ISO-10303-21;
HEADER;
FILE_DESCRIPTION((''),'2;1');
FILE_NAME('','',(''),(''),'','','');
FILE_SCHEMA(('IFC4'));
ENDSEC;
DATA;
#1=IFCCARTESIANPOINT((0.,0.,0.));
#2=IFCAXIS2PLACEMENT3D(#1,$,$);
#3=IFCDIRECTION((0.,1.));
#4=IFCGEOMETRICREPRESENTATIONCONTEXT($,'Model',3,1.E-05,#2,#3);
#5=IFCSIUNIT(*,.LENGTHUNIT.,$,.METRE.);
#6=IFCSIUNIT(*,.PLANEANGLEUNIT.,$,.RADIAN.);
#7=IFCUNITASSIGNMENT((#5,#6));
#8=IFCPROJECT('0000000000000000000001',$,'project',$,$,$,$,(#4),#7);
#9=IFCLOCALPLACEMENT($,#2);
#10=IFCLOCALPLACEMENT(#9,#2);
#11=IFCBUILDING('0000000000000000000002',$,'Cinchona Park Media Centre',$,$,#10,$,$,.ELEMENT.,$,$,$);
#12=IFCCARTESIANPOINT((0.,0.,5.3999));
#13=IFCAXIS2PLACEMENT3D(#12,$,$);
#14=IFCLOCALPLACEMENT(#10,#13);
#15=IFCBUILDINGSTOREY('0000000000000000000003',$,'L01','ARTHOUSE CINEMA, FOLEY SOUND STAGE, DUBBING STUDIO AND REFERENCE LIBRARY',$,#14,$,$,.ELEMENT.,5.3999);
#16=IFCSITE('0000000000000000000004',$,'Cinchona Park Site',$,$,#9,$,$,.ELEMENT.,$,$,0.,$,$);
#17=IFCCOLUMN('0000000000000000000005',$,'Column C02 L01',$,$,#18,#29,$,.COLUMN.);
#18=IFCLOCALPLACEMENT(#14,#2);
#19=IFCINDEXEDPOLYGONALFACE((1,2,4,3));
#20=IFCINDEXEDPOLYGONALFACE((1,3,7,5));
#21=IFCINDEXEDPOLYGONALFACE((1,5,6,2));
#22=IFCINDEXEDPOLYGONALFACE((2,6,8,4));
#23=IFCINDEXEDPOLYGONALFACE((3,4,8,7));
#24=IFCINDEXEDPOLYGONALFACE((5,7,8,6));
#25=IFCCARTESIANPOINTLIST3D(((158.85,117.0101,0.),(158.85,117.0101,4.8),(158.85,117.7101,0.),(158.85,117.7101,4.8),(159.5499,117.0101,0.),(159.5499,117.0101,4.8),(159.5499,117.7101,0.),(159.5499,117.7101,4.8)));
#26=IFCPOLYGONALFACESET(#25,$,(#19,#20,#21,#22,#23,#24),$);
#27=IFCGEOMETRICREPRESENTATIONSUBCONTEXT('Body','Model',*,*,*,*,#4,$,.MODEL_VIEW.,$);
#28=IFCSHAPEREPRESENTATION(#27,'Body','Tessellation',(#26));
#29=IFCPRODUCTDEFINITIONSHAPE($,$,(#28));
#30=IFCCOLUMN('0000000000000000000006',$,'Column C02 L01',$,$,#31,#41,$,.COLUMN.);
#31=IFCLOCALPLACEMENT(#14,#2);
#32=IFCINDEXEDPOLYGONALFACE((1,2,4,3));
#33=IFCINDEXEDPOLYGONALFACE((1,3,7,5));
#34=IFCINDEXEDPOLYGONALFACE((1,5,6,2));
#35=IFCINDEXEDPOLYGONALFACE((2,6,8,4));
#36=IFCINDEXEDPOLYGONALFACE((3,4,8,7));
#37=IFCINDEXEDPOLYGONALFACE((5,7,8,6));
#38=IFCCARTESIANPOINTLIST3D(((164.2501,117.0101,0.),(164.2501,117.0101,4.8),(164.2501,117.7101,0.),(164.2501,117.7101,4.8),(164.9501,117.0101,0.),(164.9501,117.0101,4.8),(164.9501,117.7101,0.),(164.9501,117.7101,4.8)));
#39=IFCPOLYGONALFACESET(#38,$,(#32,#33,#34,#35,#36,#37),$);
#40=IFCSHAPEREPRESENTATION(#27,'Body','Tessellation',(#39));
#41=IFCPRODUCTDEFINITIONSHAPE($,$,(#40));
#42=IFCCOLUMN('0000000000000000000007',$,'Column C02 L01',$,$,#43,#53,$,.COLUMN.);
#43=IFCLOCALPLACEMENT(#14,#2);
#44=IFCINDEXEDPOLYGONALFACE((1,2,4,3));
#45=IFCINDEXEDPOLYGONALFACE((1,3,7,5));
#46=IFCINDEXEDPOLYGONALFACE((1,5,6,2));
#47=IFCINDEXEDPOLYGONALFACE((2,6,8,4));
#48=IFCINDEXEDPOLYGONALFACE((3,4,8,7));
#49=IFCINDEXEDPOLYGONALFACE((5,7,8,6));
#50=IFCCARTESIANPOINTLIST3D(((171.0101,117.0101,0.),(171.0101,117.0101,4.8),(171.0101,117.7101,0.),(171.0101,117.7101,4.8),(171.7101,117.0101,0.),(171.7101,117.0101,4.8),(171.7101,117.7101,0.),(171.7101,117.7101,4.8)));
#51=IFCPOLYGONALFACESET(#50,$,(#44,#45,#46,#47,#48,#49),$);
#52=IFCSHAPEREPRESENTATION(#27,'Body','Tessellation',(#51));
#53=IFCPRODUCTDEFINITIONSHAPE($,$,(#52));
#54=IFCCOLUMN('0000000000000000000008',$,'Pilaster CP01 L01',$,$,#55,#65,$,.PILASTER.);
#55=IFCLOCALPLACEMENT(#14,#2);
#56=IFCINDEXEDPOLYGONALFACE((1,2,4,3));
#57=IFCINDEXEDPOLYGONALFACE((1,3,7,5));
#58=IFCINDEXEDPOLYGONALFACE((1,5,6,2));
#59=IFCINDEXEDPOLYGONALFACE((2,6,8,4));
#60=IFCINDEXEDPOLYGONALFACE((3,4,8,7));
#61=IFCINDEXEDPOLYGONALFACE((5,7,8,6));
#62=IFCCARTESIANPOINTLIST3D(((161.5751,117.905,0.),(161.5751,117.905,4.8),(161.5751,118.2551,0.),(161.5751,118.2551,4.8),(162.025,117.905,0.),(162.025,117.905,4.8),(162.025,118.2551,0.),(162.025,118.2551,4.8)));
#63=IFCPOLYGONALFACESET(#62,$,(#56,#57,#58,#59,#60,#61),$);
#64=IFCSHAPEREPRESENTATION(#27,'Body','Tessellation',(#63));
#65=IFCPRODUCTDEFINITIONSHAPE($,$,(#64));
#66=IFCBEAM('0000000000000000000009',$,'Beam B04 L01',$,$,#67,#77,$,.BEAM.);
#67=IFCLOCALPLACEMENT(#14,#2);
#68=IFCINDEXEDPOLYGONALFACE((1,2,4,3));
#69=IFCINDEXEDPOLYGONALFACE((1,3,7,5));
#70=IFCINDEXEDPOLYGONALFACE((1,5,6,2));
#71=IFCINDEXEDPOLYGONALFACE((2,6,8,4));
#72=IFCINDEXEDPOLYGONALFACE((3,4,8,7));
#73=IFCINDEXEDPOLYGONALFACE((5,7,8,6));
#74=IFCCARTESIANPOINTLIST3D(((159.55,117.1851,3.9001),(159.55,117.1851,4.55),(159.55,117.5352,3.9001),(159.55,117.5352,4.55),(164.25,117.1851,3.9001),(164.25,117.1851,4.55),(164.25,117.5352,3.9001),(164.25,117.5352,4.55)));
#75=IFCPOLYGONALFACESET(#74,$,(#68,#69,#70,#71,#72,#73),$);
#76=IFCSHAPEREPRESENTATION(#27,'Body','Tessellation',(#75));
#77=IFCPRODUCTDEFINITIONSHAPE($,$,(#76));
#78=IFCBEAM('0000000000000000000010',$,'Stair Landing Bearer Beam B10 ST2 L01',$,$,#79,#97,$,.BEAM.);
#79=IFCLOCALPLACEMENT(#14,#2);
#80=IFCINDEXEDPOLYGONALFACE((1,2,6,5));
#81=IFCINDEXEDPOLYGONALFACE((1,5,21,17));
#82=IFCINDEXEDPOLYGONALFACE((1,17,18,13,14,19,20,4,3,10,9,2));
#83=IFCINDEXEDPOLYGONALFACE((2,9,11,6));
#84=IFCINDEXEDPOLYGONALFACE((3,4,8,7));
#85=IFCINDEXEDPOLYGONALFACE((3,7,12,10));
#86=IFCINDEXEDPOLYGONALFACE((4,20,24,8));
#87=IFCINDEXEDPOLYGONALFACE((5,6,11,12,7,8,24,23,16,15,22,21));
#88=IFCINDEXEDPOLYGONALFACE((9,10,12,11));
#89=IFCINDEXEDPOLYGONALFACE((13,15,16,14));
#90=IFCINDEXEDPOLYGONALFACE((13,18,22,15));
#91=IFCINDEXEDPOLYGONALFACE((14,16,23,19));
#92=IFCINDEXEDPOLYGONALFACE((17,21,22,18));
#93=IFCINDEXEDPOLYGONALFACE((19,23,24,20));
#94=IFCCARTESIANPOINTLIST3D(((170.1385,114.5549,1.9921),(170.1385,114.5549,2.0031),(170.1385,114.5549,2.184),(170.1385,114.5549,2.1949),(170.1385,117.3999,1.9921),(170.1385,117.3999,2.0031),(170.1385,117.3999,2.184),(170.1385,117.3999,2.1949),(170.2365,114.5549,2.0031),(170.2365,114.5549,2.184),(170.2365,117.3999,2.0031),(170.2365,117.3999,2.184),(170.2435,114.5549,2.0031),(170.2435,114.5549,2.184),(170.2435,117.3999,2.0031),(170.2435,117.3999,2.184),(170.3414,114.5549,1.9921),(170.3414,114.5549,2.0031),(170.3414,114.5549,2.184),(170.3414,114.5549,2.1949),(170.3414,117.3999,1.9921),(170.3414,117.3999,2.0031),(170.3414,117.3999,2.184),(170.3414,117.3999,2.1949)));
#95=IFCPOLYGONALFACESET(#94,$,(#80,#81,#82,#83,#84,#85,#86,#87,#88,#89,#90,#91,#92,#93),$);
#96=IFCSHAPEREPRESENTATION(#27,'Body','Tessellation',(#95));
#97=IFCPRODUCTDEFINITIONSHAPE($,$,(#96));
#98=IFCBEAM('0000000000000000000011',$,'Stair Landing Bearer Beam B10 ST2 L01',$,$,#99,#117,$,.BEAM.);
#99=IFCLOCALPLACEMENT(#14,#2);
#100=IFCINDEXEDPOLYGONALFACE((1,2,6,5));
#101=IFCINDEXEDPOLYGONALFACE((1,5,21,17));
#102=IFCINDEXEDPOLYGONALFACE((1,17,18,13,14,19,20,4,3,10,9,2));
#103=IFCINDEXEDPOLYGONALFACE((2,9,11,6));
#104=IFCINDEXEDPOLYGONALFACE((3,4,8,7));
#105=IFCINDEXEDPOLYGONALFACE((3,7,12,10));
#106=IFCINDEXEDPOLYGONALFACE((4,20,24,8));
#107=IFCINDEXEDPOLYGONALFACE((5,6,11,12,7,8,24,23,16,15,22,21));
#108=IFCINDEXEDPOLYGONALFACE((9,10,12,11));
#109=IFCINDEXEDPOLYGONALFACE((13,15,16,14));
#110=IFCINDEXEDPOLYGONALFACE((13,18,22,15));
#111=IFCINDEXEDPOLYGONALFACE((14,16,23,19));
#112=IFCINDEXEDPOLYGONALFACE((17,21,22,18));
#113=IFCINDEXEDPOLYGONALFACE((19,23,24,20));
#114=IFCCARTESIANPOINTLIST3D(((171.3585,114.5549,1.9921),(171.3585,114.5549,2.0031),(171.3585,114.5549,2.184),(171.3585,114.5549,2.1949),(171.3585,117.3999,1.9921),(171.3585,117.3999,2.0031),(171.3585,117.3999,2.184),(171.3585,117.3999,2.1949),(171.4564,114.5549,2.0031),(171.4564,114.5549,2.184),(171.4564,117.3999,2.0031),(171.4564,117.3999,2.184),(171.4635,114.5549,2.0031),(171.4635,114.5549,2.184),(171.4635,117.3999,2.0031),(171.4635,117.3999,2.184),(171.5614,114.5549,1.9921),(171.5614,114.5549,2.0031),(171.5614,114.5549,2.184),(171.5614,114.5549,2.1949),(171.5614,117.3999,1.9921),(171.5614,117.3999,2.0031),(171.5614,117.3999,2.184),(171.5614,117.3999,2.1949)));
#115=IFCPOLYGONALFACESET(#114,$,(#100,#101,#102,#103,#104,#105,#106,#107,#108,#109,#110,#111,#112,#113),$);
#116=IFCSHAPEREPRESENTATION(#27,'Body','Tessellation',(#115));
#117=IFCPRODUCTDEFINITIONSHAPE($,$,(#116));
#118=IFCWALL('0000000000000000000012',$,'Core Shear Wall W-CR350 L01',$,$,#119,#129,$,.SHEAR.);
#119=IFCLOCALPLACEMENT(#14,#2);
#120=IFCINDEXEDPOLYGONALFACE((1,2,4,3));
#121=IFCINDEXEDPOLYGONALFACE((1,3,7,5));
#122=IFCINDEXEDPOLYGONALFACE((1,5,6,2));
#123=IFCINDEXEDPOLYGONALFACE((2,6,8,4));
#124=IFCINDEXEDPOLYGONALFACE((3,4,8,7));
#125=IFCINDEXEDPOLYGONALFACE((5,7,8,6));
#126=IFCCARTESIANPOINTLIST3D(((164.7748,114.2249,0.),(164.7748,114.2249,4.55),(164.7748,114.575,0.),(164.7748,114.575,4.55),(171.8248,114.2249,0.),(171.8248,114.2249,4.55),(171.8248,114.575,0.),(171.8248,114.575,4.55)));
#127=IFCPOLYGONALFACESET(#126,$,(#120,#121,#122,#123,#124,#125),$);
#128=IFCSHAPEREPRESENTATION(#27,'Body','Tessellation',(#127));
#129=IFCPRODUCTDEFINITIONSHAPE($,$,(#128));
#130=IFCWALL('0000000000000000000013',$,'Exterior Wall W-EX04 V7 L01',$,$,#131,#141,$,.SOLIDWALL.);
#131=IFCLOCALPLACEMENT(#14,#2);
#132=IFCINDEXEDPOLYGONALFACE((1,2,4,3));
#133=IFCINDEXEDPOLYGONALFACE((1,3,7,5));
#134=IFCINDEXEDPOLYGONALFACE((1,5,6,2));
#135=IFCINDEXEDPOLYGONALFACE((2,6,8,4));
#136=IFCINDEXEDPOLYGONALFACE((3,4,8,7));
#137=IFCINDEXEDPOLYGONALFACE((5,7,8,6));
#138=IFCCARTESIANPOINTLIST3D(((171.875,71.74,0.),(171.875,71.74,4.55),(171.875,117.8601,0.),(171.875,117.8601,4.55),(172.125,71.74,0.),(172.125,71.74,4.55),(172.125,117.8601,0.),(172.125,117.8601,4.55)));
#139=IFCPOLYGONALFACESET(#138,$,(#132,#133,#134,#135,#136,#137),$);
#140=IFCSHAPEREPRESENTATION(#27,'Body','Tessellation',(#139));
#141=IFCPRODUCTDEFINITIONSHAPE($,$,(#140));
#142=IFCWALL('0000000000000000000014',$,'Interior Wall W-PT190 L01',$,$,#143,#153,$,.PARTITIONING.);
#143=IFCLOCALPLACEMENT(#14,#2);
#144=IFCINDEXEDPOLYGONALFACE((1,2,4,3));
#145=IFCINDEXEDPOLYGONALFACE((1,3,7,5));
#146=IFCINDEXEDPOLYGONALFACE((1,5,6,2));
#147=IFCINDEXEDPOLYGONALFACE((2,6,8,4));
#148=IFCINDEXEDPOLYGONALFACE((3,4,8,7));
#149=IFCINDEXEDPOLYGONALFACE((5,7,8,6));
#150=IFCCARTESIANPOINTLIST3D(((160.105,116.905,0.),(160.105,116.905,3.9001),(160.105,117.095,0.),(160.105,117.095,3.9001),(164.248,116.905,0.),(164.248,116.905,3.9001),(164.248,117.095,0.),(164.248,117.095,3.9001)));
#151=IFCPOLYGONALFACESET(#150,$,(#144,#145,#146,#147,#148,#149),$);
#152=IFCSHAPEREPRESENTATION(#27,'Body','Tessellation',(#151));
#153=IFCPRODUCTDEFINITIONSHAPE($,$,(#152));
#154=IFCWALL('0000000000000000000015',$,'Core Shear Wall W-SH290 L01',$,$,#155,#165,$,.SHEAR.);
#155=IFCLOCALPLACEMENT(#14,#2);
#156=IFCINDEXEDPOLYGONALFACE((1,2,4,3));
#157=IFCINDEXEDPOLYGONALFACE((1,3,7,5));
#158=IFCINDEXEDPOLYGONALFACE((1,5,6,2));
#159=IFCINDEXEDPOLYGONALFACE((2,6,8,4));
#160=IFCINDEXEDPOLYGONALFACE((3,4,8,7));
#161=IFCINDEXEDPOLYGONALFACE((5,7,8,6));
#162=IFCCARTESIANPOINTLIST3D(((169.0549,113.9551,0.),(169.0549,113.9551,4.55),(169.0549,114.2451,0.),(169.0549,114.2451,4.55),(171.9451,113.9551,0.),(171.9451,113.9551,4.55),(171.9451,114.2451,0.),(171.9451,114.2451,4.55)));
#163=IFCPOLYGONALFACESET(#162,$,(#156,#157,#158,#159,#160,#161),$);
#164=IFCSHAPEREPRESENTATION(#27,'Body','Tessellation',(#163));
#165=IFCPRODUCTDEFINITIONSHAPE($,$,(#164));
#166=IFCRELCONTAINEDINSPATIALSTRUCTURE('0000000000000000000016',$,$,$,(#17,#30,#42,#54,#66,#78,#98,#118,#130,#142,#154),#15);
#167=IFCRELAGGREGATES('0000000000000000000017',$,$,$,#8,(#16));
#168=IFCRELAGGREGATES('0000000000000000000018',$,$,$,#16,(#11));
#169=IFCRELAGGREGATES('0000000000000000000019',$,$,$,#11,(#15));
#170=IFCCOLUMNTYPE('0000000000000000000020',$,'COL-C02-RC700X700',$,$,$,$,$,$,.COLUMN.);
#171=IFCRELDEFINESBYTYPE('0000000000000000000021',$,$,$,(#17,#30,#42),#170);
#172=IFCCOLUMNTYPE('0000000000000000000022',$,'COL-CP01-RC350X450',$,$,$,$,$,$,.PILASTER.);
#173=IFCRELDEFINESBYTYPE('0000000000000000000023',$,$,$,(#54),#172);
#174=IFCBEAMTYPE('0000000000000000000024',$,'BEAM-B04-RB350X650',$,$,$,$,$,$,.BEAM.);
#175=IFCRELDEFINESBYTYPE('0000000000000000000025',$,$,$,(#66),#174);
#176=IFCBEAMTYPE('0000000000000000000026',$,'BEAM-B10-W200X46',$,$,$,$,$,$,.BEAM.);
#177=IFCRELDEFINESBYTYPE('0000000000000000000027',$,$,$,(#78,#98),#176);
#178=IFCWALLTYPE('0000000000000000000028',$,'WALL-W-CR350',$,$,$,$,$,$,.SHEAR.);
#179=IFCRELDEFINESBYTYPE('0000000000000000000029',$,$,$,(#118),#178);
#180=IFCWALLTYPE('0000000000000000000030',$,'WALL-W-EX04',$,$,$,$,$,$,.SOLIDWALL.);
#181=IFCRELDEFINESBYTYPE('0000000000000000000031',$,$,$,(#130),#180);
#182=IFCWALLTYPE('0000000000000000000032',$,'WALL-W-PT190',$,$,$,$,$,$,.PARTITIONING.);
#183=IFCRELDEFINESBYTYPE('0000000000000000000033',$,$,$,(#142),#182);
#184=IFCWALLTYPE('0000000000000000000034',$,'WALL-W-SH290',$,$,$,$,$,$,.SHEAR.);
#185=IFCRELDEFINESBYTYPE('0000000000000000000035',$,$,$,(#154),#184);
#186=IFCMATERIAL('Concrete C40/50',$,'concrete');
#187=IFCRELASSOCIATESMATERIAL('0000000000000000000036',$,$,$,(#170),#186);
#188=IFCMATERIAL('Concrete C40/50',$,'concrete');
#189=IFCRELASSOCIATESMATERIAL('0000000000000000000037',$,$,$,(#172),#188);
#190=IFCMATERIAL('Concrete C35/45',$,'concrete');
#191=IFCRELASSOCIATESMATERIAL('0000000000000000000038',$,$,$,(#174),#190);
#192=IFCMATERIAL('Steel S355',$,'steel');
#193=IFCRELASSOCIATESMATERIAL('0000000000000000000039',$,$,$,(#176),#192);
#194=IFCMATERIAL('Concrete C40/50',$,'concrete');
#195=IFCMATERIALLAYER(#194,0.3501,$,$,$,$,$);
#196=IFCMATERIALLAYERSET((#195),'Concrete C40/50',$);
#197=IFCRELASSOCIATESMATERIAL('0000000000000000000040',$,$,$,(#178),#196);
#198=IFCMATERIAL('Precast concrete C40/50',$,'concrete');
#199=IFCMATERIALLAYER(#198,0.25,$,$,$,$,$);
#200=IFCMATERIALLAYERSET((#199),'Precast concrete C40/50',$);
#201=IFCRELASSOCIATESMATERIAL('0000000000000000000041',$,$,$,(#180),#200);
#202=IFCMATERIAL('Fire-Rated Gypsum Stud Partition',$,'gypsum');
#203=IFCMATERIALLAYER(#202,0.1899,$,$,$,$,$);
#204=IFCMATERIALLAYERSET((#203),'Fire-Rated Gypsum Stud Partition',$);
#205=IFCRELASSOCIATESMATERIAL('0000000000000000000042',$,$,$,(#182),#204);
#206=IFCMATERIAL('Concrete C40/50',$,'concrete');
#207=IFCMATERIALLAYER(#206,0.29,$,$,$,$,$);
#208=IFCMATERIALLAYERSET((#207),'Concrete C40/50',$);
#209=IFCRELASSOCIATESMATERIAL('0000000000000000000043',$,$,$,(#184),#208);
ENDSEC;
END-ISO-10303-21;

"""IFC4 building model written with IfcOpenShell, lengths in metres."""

from ifc_helpers import new_model, si_unit, direction, frame, frame_2d, origin, origin_2d, place, context, subcontext, project, spatial, rectangle, i_section, extrude, material, layer, layer_set, material_profile, profile_set, type_object, element, save


model = new_model("IFC4")

# Units and contexts
model_context = context("Model", 3, precision=1e-05, world=origin(), true_north=direction((0.0, 1.0)))
body_context = subcontext(model_context, "Body", "Model", "MODEL_VIEW")
ifc_project = project(units=[si_unit("LENGTHUNIT", "METRE"), si_unit("PLANEANGLEUNIT", "RADIAN")], contexts=[model_context])

# Site, building, storey
site_placement = place(None, origin())
site = spatial("IfcSite", under=ifc_project, at=site_placement, Name="Cinchona Park Site", CompositionType="ELEMENT", RefElevation=0.0)
building_placement = place(site_placement, origin())
building = spatial("IfcBuilding", under=site, at=building_placement, Name="Cinchona Park Media Centre", CompositionType="ELEMENT")
storey_placement = place(building_placement, frame((0.0, 0.0, 5.3999)))
storey = spatial("IfcBuildingStorey", under=building, at=storey_placement, Name="L01", Description="ARTHOUSE CINEMA, FOLEY SOUND STAGE, DUBBING STUDIO AND REFERENCE LIBRARY", CompositionType="ELEMENT", Elevation=5.3999)

# Columns
ifc_material_1 = material(Name="Concrete C40/50", Category="concrete")
ifc_material_profile_1 = material_profile(ifc_material_1, rectangle(XDim=0.7, YDim=0.7, at=origin_2d()), Name="RC 700X700")
ifc_profile_set_1 = profile_set([ifc_material_profile_1], Name="Concrete C40/50")
column_type_1 = type_object("IfcColumnType", Name="COL-C02-RC700X700", PredefinedType="COLUMN", material=ifc_profile_set_1)
for number, where, z_axis, x_axis, name in (
    (1, (159.2, 117.3601, 0.0), (0.0, 0.0, 1.0), (1.0, 0.0, 0.0), "Column C02 L01"),
    (2, (164.6001, 117.3601, 0.0), (0.0, 0.0, 1.0), (1.0, 0.0, 0.0), "Column C02 L01"),
    (3, (171.3601, 117.3601, 0.0), (0.0, 0.0, 1.0), (1.0, 0.0, 0.0), "Column C02 L01"),
):
    element("IfcColumn", number, at=place(storey_placement, frame(where, z_axis=z_axis, x_axis=x_axis)), inside=storey, type_object=column_type_1, Name=name, PredefinedType="COLUMN", context=body_context, shape_type="SweptSolid", body=[
        extrude(rectangle(XDim=0.7, YDim=0.7, at=origin_2d()), origin(), (0.0, 0.0, 1.0), 4.8),
    ])
ifc_material_2 = material(Name="Concrete C40/50", Category="concrete")
ifc_material_profile_2 = material_profile(ifc_material_2, rectangle(XDim=0.3501, YDim=0.45, at=origin_2d()), Name="RC 350X450")
ifc_profile_set_2 = profile_set([ifc_material_profile_2], Name="Concrete C40/50")
column_type_2 = type_object("IfcColumnType", Name="COL-CP01-RC350X450", PredefinedType="PILASTER", material=ifc_profile_set_2)
column_placement = place(storey_placement, frame((161.8, 118.0801, 0.0), z_axis=(0.0, 0.0, 1.0), x_axis=(0.0, 1.0, 0.0)))
element("IfcColumn", 4, at=column_placement, inside=storey, type_object=column_type_2, Name="Pilaster CP01 L01", PredefinedType="PILASTER", context=body_context, shape_type="SweptSolid", body=[
    extrude(rectangle(XDim=0.3501, YDim=0.45, at=origin_2d()), origin(), (0.0, 0.0, 1.0), 4.8),
])

# Beams
ifc_material_3 = material(Name="Concrete C35/45", Category="concrete")
ifc_material_profile_3 = material_profile(ifc_material_3, rectangle(XDim=0.3501, YDim=0.6499, at=origin_2d()), Name="RB 350X650")
ifc_profile_set_3 = profile_set([ifc_material_profile_3], Name="Concrete C35/45")
beam_type_1 = type_object("IfcBeamType", Name="BEAM-B04-RB350X650", PredefinedType="BEAM", material=ifc_profile_set_3)
beam_placement = place(storey_placement, frame((159.55, 117.3601, 4.2251), z_axis=(1.0, 0.0, 0.0), x_axis=(0.0, 1.0, 0.0)))
element("IfcBeam", 5, at=beam_placement, inside=storey, type_object=beam_type_1, Name="Beam B04 L01", PredefinedType="BEAM", context=body_context, shape_type="SweptSolid", body=[
    extrude(rectangle(XDim=0.3501, YDim=0.6499, at=origin_2d()), origin(), (0.0, 0.0, 1.0), 4.7),
])
ifc_material_4 = material(Name="Steel S355", Category="steel")
ifc_material_profile_4 = material_profile(ifc_material_4, i_section(OverallWidth=0.2029, OverallDepth=0.2029, WebThickness=0.0071, FlangeThickness=0.011, at=origin_2d()), Name="W200X46")
ifc_profile_set_4 = profile_set([ifc_material_profile_4], Name="Steel S355")
beam_type_2 = type_object("IfcBeamType", Name="BEAM-B10-W200X46", PredefinedType="BEAM", material=ifc_profile_set_4)
for number, where, z_axis, x_axis, name in (
    (6, (170.24, 114.5549, 2.0935), (0.0, 1.0, 0.0), (-1.0, 0.0, 0.0), "Stair Landing Bearer Beam B10 ST2 L01"),
    (7, (171.46, 114.5549, 2.0935), (0.0, 1.0, 0.0), (-1.0, 0.0, 0.0), "Stair Landing Bearer Beam B10 ST2 L01"),
):
    element("IfcBeam", number, at=place(storey_placement, frame(where, z_axis=z_axis, x_axis=x_axis)), inside=storey, type_object=beam_type_2, Name=name, PredefinedType="BEAM", context=body_context, shape_type="SweptSolid", body=[
        extrude(i_section(OverallWidth=0.2029, OverallDepth=0.2029, WebThickness=0.0071, FlangeThickness=0.011, at=origin_2d()), origin(), (0.0, 0.0, 1.0), 2.845),
    ])

# Walls
ifc_material_5 = material(Name="Concrete C40/50", Category="concrete")
ifc_layer_1 = layer(ifc_material_5, 0.3501)
ifc_layer_set_1 = layer_set([ifc_layer_1], Name="Concrete C40/50")
wall_type_1 = type_object("IfcWallType", Name="WALL-W-CR350", PredefinedType="SHEAR", material=ifc_layer_set_1)
wall_1_placement = place(storey_placement, frame((164.7749, 114.3999, 0.0), z_axis=(0.0, 0.0, 1.0), x_axis=(1.0, 0.0, 0.0)))
element("IfcWall", 8, at=wall_1_placement, inside=storey, type_object=wall_type_1, Name="Core Shear Wall W-CR350 L01", PredefinedType="SHEAR", context=body_context, shape_type="SweptSolid", body=[
    extrude(rectangle(XDim=7.05, YDim=0.3501, at=frame_2d((3.5249, 0.0))), origin(), (0.0, 0.0, 1.0), 4.55),
])
ifc_material_6 = material(Name="Precast concrete C40/50", Category="concrete")
ifc_layer_2 = layer(ifc_material_6, 0.25)
ifc_layer_set_2 = layer_set([ifc_layer_2], Name="Precast concrete C40/50")
wall_type_2 = type_object("IfcWallType", Name="WALL-W-EX04", PredefinedType="SOLIDWALL", material=ifc_layer_set_2)
wall_2_placement = place(storey_placement, frame((172.0, 117.8601, 0.0), z_axis=(0.0, 0.0, 1.0), x_axis=(0.0, -1.0, 0.0)))
element("IfcWall", 9, at=wall_2_placement, inside=storey, type_object=wall_type_2, Name="Exterior Wall W-EX04 V7 L01", PredefinedType="SOLIDWALL", context=body_context, shape_type="SweptSolid", body=[
    extrude(rectangle(XDim=46.1201, YDim=0.25, at=frame_2d((23.0601, 0.0))), origin(), (0.0, 0.0, 1.0), 4.55),
])
ifc_material_7 = material(Name="Fire-Rated Gypsum Stud Partition", Category="gypsum")
ifc_layer_3 = layer(ifc_material_7, 0.1899)
ifc_layer_set_3 = layer_set([ifc_layer_3], Name="Fire-Rated Gypsum Stud Partition")
wall_type_3 = type_object("IfcWallType", Name="WALL-W-PT190", PredefinedType="PARTITIONING", material=ifc_layer_set_3)
wall_3_placement = place(storey_placement, frame((160.105, 117.0, 0.0), z_axis=(0.0, 0.0, 1.0), x_axis=(1.0, 0.0, 0.0)))
element("IfcWall", 10, at=wall_3_placement, inside=storey, type_object=wall_type_3, Name="Interior Wall W-PT190 L01", PredefinedType="PARTITIONING", context=body_context, shape_type="SweptSolid", body=[
    extrude(rectangle(XDim=4.1431, YDim=0.1899, at=frame_2d((2.0715, 0.0))), origin(), (0.0, 0.0, 1.0), 3.9001),
])
ifc_material_8 = material(Name="Concrete C40/50", Category="concrete")
ifc_layer_4 = layer(ifc_material_8, 0.29)
ifc_layer_set_4 = layer_set([ifc_layer_4], Name="Concrete C40/50")
wall_type_4 = type_object("IfcWallType", Name="WALL-W-SH290", PredefinedType="SHEAR", material=ifc_layer_set_4)
wall_4_placement = place(storey_placement, frame((169.0549, 114.1001, 0.0), z_axis=(0.0, 0.0, 1.0), x_axis=(1.0, 0.0, 0.0)))
element("IfcWall", 11, at=wall_4_placement, inside=storey, type_object=wall_type_4, Name="Core Shear Wall W-SH290 L01", PredefinedType="SHEAR", context=body_context, shape_type="SweptSolid", body=[
    extrude(rectangle(XDim=2.8901, YDim=0.29, at=frame_2d((1.4451, 0.0))), origin(), (0.0, 0.0, 1.0), 4.55),
])

save(model, "model.ifc")
